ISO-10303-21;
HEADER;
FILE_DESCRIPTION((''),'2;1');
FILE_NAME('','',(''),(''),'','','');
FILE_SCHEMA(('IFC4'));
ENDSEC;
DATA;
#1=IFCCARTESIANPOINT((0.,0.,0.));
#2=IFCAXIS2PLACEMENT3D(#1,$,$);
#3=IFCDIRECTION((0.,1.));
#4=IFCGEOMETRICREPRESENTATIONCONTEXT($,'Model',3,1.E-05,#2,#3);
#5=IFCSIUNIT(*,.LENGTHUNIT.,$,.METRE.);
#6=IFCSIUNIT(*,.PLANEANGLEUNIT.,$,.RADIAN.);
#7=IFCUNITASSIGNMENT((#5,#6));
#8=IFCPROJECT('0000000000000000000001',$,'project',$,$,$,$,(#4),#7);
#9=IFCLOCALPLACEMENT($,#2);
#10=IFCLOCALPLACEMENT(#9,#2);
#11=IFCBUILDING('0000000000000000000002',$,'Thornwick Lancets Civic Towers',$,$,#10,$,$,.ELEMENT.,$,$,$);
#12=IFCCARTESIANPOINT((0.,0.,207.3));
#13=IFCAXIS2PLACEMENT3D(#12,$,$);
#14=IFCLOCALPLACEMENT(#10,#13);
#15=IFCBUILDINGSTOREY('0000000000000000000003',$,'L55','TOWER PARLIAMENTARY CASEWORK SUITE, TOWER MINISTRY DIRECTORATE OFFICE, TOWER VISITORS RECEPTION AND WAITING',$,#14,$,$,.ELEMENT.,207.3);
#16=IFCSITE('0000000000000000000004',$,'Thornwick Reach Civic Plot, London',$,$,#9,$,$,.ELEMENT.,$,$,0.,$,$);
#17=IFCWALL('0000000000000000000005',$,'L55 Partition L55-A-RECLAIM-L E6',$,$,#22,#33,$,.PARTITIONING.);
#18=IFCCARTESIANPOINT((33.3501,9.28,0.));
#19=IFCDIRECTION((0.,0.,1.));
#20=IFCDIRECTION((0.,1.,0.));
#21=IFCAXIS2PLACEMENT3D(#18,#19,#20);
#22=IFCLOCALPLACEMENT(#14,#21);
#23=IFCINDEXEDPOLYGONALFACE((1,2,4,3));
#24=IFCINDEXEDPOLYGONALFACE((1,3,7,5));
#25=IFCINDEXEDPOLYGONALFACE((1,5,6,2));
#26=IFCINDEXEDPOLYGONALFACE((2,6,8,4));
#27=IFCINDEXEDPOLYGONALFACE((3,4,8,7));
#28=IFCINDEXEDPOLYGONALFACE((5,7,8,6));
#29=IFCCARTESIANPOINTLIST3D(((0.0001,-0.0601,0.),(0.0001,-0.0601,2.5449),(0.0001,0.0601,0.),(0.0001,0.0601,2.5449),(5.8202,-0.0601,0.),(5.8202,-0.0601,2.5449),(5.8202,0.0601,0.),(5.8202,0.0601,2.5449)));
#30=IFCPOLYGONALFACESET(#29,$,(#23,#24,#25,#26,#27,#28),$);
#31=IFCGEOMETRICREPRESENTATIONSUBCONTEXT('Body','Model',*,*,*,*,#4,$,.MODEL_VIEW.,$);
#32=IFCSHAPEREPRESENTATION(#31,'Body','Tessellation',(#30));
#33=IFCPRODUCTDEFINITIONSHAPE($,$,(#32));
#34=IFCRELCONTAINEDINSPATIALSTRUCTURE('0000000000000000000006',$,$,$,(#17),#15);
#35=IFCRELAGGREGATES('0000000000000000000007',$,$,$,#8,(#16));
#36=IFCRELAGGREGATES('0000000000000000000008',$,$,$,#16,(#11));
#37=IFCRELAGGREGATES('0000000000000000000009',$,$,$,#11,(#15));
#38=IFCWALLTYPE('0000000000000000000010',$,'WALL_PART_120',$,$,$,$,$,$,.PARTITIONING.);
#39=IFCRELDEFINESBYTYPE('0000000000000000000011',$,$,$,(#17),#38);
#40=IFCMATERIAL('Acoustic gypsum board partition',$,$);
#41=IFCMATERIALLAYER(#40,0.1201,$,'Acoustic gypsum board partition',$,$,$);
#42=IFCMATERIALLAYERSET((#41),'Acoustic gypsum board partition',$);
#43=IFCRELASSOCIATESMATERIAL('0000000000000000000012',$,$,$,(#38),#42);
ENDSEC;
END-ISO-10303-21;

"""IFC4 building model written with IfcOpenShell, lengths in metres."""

from ifc_helpers import new_model, si_unit, direction, frame, frame_2d, origin, place, context, subcontext, project, spatial, rectangle, extrude, material, layer, layer_set, type_object, element, save


model = new_model("IFC4")

# Units and contexts
model_context = context("Model", 3, precision=1e-05, world=origin(), true_north=direction((0.0, 1.0)))
body_context = subcontext(model_context, "Body", "Model", "MODEL_VIEW")
ifc_project = project(units=[si_unit("LENGTHUNIT", "METRE"), si_unit("PLANEANGLEUNIT", "RADIAN")], contexts=[model_context])

# Site, building, storey
site_placement = place(None, origin())
site = spatial("IfcSite", under=ifc_project, at=site_placement, Name="Thornwick Reach Civic Plot, London", CompositionType="ELEMENT", RefElevation=0.0)
building_placement = place(site_placement, origin())
building = spatial("IfcBuilding", under=site, at=building_placement, Name="Thornwick Lancets Civic Towers", CompositionType="ELEMENT")
storey_placement = place(building_placement, frame((0.0, 0.0, 207.3)))
storey = spatial("IfcBuildingStorey", under=building, at=storey_placement, Name="L55", Description="TOWER PARLIAMENTARY CASEWORK SUITE, TOWER MINISTRY DIRECTORATE OFFICE, TOWER VISITORS RECEPTION AND WAITING", CompositionType="ELEMENT", Elevation=207.3)

# Shared definitions
ifc_material_1 = material(Name="Acoustic gypsum board partition")
ifc_layer_1 = layer(ifc_material_1, 0.1201, Name="Acoustic gypsum board partition")
ifc_layer_set_1 = layer_set([ifc_layer_1], Name="Acoustic gypsum board partition")
wall_type_1 = type_object("IfcWallType", Name="WALL_PART_120", PredefinedType="PARTITIONING", material=ifc_layer_set_1)

# Wall
wall_1_placement = place(storey_placement, frame((33.3501, 9.28, 0.0), z_axis=(0.0, 0.0, 1.0), x_axis=(0.0, 1.0, 0.0)))
element("IfcWall", 1, at=wall_1_placement, inside=storey, type_object=wall_type_1, Name="L55 Partition L55-A-RECLAIM-L E6", PredefinedType="PARTITIONING", context=body_context, shape_type="SweptSolid", body=[
    extrude(rectangle(XDim=5.8201, YDim=0.1201, at=frame_2d((2.9102, 0.0))), origin(), (0.0, 0.0, 1.0), 2.5449),
])

save(model, "model.ifc")
